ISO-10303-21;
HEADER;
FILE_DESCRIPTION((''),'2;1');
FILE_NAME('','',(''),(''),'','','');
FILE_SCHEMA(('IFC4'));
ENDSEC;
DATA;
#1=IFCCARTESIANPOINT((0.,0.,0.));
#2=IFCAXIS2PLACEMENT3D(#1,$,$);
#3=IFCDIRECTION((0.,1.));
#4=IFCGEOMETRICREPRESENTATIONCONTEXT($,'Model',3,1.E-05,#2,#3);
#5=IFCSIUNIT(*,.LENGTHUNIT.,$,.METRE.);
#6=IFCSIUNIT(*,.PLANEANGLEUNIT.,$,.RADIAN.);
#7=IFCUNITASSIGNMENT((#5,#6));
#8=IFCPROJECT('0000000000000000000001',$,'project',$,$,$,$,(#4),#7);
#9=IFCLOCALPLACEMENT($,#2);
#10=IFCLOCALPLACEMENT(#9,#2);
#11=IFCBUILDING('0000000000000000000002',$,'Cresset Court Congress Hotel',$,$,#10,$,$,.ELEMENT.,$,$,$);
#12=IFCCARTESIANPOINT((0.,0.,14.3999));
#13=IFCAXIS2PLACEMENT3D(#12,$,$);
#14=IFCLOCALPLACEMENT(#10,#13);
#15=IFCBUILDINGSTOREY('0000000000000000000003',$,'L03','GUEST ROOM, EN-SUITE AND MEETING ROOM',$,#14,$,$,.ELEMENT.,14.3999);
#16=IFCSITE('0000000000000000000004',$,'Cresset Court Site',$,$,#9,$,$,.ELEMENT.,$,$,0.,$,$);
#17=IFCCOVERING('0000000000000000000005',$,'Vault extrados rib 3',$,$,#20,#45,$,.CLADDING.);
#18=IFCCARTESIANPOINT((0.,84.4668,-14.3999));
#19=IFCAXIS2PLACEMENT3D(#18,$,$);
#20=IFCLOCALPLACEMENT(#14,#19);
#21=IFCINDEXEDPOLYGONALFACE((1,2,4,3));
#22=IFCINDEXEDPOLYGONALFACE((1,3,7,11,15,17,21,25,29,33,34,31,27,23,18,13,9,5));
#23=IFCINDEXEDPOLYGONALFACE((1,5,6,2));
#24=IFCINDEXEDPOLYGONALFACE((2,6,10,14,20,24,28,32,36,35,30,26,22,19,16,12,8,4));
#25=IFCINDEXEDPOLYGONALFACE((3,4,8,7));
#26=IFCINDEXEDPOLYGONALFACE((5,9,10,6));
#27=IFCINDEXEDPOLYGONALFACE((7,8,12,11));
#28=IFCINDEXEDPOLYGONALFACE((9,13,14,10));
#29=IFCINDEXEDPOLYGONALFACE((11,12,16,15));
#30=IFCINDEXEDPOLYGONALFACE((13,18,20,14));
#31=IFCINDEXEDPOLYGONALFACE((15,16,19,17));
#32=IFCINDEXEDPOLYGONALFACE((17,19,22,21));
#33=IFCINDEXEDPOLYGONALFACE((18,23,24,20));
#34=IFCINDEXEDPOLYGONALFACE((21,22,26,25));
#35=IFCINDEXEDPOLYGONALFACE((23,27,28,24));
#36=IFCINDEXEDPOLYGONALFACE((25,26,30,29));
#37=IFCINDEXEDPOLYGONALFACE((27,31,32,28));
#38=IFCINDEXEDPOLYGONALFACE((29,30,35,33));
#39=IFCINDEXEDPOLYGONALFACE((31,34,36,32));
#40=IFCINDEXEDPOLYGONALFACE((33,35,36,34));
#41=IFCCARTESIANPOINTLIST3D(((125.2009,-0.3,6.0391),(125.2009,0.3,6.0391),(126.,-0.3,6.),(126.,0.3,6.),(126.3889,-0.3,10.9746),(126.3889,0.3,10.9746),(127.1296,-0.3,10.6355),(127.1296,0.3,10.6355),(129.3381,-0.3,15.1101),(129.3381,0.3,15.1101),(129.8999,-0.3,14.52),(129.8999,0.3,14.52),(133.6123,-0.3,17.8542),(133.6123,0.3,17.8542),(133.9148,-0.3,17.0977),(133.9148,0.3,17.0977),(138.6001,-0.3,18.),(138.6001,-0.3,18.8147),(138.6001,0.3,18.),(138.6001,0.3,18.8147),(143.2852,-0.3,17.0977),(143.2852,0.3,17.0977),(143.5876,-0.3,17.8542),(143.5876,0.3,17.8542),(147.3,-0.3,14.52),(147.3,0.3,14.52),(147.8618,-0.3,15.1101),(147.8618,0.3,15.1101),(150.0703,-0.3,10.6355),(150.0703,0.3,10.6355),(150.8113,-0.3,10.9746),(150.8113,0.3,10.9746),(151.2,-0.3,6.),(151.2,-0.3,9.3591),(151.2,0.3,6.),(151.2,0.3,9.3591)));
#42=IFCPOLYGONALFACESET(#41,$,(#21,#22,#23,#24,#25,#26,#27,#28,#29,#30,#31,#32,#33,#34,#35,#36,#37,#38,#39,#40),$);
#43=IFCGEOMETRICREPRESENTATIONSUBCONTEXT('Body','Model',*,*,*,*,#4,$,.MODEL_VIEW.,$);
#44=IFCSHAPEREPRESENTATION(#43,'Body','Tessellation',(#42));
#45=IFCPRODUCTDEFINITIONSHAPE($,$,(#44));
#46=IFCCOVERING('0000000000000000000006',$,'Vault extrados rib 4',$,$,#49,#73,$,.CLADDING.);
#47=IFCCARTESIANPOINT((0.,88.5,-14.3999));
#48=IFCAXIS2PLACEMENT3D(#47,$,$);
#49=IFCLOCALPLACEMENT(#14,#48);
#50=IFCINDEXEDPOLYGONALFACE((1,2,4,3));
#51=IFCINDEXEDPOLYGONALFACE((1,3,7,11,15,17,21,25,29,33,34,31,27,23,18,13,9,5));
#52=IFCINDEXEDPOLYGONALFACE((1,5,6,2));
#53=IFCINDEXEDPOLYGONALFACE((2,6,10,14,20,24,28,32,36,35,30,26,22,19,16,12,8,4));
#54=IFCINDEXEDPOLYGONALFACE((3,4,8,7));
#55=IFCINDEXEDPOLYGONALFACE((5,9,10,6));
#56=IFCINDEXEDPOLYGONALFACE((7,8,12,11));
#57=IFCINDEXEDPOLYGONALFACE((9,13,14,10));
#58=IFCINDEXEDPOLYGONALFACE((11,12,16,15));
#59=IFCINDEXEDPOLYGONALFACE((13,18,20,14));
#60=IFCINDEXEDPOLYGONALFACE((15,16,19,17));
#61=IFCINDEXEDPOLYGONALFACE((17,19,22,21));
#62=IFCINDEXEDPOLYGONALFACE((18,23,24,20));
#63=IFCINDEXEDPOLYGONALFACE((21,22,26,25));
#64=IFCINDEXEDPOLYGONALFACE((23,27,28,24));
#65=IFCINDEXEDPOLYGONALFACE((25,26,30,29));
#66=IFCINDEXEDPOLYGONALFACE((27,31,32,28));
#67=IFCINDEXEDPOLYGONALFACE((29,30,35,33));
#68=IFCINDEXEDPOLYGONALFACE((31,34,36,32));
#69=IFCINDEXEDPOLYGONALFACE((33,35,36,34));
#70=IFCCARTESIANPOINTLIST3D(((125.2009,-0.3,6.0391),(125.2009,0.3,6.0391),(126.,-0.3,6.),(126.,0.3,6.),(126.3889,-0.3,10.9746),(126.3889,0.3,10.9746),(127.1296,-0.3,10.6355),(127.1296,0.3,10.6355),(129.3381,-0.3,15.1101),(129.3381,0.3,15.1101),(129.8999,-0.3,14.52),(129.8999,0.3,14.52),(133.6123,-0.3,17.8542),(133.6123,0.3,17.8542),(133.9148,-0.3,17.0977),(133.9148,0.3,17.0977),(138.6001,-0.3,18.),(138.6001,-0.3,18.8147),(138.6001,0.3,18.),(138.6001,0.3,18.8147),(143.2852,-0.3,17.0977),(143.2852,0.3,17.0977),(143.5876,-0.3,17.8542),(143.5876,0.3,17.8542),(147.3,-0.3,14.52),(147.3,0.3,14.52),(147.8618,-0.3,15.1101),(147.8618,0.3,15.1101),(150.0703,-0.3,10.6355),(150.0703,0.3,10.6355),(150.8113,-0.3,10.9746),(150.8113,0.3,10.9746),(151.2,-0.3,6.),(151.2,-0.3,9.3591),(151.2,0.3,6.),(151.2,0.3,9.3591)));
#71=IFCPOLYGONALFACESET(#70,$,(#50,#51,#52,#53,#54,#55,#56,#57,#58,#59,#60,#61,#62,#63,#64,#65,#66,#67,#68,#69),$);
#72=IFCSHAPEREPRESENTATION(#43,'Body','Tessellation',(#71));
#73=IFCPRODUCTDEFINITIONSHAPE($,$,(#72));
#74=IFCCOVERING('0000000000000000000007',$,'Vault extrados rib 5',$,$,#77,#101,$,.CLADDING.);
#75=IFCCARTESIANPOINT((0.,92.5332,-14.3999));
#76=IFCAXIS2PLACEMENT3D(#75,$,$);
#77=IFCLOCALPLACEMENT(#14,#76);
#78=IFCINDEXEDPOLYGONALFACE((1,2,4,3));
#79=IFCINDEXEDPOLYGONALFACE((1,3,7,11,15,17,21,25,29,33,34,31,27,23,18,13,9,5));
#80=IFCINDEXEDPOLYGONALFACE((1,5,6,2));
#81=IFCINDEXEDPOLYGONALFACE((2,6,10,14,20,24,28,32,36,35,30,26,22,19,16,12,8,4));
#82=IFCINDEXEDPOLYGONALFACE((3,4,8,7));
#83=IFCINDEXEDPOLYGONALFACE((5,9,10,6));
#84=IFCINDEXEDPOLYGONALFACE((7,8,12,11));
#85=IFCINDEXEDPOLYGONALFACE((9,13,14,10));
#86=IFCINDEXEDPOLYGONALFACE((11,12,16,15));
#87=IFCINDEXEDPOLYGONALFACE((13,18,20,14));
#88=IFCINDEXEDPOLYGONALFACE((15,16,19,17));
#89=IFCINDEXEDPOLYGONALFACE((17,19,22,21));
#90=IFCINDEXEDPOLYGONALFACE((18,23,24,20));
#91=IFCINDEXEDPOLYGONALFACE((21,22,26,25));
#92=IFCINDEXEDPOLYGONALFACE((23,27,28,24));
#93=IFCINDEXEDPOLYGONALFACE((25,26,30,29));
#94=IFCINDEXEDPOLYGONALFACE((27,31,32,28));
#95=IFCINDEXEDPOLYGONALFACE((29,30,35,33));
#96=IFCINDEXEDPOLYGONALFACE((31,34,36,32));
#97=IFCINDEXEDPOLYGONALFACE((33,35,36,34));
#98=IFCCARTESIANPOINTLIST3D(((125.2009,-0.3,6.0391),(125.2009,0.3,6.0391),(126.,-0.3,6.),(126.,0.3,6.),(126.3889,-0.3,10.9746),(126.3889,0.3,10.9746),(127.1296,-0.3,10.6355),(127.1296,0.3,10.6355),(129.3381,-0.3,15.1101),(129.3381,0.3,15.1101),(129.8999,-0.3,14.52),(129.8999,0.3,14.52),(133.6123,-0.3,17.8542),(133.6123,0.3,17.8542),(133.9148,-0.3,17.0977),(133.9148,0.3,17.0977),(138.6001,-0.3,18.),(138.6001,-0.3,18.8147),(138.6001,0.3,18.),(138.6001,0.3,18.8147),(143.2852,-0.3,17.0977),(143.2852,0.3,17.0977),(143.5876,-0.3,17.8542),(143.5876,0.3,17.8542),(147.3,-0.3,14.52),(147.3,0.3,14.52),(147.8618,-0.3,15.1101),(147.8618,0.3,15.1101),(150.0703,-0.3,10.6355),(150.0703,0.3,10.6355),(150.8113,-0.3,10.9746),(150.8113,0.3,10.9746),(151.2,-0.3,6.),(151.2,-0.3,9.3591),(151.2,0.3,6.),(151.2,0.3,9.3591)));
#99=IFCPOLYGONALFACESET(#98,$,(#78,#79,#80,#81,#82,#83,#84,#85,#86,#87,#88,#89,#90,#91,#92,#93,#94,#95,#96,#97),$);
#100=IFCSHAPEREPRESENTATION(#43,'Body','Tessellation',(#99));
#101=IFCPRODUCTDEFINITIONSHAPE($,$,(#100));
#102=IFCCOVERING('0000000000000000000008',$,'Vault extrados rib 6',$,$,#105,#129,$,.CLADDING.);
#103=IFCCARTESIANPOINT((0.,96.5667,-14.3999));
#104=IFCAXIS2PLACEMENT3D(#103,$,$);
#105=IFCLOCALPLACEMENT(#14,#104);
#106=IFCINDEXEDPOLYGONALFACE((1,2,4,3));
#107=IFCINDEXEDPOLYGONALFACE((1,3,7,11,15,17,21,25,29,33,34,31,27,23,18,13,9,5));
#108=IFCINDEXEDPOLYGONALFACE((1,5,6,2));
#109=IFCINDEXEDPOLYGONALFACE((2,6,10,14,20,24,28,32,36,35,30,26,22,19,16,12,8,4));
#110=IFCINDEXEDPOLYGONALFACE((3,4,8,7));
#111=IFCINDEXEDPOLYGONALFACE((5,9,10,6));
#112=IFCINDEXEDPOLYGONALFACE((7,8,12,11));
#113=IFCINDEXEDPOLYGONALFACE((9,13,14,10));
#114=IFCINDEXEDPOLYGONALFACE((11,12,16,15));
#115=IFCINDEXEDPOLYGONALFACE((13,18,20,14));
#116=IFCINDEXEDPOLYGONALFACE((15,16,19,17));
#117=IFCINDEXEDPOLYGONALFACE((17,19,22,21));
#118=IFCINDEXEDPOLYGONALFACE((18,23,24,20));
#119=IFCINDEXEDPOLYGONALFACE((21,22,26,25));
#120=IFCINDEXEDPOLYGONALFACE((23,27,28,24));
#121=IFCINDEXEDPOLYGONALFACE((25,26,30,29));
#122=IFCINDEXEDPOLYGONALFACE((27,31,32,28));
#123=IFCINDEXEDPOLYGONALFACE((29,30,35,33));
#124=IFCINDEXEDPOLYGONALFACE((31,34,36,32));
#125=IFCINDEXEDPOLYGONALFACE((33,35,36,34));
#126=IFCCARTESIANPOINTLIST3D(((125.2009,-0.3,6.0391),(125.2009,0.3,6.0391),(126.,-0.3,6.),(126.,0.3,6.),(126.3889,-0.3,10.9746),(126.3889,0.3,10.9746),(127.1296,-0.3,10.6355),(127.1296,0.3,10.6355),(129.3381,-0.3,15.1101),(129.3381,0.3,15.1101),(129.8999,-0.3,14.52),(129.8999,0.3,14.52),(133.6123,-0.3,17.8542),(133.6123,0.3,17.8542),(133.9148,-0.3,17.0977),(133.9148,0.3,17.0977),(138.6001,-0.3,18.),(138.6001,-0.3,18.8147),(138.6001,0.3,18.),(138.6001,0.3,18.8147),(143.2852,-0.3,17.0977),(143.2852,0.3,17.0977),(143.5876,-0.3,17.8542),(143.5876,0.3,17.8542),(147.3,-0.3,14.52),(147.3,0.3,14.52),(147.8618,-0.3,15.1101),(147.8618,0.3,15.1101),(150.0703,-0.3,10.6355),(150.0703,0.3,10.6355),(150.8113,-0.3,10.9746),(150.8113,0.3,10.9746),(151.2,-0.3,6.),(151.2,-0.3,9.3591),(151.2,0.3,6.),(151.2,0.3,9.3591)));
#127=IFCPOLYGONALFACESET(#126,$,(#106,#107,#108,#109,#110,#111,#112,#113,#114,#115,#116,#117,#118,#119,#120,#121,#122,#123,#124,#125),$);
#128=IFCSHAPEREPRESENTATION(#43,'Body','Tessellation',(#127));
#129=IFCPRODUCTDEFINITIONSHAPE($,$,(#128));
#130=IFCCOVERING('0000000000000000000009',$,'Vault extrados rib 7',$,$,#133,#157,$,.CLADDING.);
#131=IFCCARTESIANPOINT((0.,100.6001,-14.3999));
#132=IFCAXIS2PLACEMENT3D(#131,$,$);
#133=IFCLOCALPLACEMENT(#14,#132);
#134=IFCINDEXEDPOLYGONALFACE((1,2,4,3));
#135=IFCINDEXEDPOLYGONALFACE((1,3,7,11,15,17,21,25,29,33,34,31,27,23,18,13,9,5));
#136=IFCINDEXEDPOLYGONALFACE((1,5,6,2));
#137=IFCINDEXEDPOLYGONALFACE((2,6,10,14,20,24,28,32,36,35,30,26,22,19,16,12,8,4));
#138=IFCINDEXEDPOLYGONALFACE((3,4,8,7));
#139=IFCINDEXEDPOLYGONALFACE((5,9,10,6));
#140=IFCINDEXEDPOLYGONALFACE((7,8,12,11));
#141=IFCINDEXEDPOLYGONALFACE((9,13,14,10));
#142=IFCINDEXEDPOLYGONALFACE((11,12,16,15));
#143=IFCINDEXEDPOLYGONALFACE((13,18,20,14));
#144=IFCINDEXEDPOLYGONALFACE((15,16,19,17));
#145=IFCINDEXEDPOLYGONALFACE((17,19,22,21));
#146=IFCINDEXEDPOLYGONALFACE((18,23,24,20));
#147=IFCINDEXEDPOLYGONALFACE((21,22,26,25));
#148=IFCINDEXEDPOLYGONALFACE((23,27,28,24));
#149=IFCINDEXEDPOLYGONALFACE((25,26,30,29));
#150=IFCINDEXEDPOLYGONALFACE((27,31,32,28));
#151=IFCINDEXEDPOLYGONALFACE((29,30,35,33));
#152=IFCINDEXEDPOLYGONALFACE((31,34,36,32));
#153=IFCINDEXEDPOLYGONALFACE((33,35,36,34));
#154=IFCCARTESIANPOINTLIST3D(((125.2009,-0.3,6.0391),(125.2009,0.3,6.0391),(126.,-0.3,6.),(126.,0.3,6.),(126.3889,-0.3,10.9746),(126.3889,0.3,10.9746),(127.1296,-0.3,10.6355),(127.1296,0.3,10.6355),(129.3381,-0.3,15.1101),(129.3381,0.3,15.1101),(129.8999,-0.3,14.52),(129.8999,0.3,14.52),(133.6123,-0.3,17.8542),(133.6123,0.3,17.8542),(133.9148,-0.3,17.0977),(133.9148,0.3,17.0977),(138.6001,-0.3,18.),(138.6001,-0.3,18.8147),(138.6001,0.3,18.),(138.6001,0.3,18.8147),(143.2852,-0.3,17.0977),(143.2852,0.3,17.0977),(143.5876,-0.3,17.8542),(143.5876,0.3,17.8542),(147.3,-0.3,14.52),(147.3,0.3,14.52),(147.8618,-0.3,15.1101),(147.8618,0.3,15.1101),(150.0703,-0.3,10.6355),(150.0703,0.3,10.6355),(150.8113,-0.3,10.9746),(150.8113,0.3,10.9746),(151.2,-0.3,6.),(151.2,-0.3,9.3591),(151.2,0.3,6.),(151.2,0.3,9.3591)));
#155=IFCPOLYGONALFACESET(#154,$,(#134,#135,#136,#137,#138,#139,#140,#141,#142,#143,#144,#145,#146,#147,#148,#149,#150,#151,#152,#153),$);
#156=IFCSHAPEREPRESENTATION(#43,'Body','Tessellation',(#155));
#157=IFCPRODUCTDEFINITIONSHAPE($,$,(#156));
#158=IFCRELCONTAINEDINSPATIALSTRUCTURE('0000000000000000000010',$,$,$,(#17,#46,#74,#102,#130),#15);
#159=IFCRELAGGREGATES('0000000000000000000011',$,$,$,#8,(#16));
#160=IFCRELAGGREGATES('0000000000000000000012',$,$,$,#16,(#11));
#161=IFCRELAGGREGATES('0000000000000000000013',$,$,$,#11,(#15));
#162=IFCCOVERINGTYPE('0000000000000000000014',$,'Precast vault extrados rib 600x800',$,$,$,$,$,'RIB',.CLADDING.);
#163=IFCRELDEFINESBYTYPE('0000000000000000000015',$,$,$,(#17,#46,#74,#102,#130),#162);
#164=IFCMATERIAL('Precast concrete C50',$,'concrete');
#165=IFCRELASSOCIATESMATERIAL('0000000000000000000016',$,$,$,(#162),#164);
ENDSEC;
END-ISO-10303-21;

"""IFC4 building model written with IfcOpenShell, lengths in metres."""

from ifc_helpers import new_model, si_unit, direction, frame, origin, place, context, subcontext, project, spatial, polyline, outline, extrude, material, type_object, element, save


model = new_model("IFC4")

# Units and contexts
model_context = context("Model", 3, precision=1e-05, world=origin(), true_north=direction((0.0, 1.0)))
body_context = subcontext(model_context, "Body", "Model", "MODEL_VIEW")
ifc_project = project(units=[si_unit("LENGTHUNIT", "METRE"), si_unit("PLANEANGLEUNIT", "RADIAN")], contexts=[model_context])

# Site, building, storey
site_placement = place(None, origin())
site = spatial("IfcSite", under=ifc_project, at=site_placement, Name="Cresset Court Site", CompositionType="ELEMENT", RefElevation=0.0)
building_placement = place(site_placement, origin())
building = spatial("IfcBuilding", under=site, at=building_placement, Name="Cresset Court Congress Hotel", CompositionType="ELEMENT")
storey_placement = place(building_placement, frame((0.0, 0.0, 14.3999)))
storey = spatial("IfcBuildingStorey", under=building, at=storey_placement, Name="L03", Description="GUEST ROOM, EN-SUITE AND MEETING ROOM", CompositionType="ELEMENT", Elevation=14.3999)

# Coverings
ifc_material_1 = material(Name="Precast concrete C50", Category="concrete")
covering_type_1 = type_object("IfcCoveringType", Name="Precast vault extrados rib 600x800", ElementType="RIB", PredefinedType="CLADDING", material=ifc_material_1)
for number, where, name in (
    (1, (0.0, 84.4668, -14.3999), "Vault extrados rib 3"),
    (2, (0.0, 88.5, -14.3999), "Vault extrados rib 4"),
    (3, (0.0, 92.5332, -14.3999), "Vault extrados rib 5"),
    (4, (0.0, 96.5667, -14.3999), "Vault extrados rib 6"),
    (5, (0.0, 100.6001, -14.3999), "Vault extrados rib 7"),
):
    element("IfcCovering", number, at=place(storey_placement, frame(where)), inside=storey, type_object=covering_type_1, Name=name, PredefinedType="CLADDING", context=body_context, shape_type="SweptSolid", body=[
        extrude(outline(polyline([(126.3889, 10.9746), (129.3381, 15.1101), (133.6123, 17.8542), (138.6001, 18.8147), (143.5876, 17.8542), (147.8618, 15.1101), (150.8113, 10.9746), (151.2, 9.3591), (151.2, 6.0), (150.0703, 10.6355), (147.3, 14.52), (143.2852, 17.0977), (138.6001, 18.0), (133.9148, 17.0977), (129.8999, 14.52), (127.1296, 10.6355), (126.0, 6.0), (125.2009, 6.0391), (126.3889, 10.9746)])), frame((0.0, 0.3, 0.0), z_axis=(0.0, -1.0, 0.0), x_axis=(1.0, 0.0, 0.0)), (0.0, 0.0, 1.0), 0.6001),
    ])

save(model, "model.ifc")
